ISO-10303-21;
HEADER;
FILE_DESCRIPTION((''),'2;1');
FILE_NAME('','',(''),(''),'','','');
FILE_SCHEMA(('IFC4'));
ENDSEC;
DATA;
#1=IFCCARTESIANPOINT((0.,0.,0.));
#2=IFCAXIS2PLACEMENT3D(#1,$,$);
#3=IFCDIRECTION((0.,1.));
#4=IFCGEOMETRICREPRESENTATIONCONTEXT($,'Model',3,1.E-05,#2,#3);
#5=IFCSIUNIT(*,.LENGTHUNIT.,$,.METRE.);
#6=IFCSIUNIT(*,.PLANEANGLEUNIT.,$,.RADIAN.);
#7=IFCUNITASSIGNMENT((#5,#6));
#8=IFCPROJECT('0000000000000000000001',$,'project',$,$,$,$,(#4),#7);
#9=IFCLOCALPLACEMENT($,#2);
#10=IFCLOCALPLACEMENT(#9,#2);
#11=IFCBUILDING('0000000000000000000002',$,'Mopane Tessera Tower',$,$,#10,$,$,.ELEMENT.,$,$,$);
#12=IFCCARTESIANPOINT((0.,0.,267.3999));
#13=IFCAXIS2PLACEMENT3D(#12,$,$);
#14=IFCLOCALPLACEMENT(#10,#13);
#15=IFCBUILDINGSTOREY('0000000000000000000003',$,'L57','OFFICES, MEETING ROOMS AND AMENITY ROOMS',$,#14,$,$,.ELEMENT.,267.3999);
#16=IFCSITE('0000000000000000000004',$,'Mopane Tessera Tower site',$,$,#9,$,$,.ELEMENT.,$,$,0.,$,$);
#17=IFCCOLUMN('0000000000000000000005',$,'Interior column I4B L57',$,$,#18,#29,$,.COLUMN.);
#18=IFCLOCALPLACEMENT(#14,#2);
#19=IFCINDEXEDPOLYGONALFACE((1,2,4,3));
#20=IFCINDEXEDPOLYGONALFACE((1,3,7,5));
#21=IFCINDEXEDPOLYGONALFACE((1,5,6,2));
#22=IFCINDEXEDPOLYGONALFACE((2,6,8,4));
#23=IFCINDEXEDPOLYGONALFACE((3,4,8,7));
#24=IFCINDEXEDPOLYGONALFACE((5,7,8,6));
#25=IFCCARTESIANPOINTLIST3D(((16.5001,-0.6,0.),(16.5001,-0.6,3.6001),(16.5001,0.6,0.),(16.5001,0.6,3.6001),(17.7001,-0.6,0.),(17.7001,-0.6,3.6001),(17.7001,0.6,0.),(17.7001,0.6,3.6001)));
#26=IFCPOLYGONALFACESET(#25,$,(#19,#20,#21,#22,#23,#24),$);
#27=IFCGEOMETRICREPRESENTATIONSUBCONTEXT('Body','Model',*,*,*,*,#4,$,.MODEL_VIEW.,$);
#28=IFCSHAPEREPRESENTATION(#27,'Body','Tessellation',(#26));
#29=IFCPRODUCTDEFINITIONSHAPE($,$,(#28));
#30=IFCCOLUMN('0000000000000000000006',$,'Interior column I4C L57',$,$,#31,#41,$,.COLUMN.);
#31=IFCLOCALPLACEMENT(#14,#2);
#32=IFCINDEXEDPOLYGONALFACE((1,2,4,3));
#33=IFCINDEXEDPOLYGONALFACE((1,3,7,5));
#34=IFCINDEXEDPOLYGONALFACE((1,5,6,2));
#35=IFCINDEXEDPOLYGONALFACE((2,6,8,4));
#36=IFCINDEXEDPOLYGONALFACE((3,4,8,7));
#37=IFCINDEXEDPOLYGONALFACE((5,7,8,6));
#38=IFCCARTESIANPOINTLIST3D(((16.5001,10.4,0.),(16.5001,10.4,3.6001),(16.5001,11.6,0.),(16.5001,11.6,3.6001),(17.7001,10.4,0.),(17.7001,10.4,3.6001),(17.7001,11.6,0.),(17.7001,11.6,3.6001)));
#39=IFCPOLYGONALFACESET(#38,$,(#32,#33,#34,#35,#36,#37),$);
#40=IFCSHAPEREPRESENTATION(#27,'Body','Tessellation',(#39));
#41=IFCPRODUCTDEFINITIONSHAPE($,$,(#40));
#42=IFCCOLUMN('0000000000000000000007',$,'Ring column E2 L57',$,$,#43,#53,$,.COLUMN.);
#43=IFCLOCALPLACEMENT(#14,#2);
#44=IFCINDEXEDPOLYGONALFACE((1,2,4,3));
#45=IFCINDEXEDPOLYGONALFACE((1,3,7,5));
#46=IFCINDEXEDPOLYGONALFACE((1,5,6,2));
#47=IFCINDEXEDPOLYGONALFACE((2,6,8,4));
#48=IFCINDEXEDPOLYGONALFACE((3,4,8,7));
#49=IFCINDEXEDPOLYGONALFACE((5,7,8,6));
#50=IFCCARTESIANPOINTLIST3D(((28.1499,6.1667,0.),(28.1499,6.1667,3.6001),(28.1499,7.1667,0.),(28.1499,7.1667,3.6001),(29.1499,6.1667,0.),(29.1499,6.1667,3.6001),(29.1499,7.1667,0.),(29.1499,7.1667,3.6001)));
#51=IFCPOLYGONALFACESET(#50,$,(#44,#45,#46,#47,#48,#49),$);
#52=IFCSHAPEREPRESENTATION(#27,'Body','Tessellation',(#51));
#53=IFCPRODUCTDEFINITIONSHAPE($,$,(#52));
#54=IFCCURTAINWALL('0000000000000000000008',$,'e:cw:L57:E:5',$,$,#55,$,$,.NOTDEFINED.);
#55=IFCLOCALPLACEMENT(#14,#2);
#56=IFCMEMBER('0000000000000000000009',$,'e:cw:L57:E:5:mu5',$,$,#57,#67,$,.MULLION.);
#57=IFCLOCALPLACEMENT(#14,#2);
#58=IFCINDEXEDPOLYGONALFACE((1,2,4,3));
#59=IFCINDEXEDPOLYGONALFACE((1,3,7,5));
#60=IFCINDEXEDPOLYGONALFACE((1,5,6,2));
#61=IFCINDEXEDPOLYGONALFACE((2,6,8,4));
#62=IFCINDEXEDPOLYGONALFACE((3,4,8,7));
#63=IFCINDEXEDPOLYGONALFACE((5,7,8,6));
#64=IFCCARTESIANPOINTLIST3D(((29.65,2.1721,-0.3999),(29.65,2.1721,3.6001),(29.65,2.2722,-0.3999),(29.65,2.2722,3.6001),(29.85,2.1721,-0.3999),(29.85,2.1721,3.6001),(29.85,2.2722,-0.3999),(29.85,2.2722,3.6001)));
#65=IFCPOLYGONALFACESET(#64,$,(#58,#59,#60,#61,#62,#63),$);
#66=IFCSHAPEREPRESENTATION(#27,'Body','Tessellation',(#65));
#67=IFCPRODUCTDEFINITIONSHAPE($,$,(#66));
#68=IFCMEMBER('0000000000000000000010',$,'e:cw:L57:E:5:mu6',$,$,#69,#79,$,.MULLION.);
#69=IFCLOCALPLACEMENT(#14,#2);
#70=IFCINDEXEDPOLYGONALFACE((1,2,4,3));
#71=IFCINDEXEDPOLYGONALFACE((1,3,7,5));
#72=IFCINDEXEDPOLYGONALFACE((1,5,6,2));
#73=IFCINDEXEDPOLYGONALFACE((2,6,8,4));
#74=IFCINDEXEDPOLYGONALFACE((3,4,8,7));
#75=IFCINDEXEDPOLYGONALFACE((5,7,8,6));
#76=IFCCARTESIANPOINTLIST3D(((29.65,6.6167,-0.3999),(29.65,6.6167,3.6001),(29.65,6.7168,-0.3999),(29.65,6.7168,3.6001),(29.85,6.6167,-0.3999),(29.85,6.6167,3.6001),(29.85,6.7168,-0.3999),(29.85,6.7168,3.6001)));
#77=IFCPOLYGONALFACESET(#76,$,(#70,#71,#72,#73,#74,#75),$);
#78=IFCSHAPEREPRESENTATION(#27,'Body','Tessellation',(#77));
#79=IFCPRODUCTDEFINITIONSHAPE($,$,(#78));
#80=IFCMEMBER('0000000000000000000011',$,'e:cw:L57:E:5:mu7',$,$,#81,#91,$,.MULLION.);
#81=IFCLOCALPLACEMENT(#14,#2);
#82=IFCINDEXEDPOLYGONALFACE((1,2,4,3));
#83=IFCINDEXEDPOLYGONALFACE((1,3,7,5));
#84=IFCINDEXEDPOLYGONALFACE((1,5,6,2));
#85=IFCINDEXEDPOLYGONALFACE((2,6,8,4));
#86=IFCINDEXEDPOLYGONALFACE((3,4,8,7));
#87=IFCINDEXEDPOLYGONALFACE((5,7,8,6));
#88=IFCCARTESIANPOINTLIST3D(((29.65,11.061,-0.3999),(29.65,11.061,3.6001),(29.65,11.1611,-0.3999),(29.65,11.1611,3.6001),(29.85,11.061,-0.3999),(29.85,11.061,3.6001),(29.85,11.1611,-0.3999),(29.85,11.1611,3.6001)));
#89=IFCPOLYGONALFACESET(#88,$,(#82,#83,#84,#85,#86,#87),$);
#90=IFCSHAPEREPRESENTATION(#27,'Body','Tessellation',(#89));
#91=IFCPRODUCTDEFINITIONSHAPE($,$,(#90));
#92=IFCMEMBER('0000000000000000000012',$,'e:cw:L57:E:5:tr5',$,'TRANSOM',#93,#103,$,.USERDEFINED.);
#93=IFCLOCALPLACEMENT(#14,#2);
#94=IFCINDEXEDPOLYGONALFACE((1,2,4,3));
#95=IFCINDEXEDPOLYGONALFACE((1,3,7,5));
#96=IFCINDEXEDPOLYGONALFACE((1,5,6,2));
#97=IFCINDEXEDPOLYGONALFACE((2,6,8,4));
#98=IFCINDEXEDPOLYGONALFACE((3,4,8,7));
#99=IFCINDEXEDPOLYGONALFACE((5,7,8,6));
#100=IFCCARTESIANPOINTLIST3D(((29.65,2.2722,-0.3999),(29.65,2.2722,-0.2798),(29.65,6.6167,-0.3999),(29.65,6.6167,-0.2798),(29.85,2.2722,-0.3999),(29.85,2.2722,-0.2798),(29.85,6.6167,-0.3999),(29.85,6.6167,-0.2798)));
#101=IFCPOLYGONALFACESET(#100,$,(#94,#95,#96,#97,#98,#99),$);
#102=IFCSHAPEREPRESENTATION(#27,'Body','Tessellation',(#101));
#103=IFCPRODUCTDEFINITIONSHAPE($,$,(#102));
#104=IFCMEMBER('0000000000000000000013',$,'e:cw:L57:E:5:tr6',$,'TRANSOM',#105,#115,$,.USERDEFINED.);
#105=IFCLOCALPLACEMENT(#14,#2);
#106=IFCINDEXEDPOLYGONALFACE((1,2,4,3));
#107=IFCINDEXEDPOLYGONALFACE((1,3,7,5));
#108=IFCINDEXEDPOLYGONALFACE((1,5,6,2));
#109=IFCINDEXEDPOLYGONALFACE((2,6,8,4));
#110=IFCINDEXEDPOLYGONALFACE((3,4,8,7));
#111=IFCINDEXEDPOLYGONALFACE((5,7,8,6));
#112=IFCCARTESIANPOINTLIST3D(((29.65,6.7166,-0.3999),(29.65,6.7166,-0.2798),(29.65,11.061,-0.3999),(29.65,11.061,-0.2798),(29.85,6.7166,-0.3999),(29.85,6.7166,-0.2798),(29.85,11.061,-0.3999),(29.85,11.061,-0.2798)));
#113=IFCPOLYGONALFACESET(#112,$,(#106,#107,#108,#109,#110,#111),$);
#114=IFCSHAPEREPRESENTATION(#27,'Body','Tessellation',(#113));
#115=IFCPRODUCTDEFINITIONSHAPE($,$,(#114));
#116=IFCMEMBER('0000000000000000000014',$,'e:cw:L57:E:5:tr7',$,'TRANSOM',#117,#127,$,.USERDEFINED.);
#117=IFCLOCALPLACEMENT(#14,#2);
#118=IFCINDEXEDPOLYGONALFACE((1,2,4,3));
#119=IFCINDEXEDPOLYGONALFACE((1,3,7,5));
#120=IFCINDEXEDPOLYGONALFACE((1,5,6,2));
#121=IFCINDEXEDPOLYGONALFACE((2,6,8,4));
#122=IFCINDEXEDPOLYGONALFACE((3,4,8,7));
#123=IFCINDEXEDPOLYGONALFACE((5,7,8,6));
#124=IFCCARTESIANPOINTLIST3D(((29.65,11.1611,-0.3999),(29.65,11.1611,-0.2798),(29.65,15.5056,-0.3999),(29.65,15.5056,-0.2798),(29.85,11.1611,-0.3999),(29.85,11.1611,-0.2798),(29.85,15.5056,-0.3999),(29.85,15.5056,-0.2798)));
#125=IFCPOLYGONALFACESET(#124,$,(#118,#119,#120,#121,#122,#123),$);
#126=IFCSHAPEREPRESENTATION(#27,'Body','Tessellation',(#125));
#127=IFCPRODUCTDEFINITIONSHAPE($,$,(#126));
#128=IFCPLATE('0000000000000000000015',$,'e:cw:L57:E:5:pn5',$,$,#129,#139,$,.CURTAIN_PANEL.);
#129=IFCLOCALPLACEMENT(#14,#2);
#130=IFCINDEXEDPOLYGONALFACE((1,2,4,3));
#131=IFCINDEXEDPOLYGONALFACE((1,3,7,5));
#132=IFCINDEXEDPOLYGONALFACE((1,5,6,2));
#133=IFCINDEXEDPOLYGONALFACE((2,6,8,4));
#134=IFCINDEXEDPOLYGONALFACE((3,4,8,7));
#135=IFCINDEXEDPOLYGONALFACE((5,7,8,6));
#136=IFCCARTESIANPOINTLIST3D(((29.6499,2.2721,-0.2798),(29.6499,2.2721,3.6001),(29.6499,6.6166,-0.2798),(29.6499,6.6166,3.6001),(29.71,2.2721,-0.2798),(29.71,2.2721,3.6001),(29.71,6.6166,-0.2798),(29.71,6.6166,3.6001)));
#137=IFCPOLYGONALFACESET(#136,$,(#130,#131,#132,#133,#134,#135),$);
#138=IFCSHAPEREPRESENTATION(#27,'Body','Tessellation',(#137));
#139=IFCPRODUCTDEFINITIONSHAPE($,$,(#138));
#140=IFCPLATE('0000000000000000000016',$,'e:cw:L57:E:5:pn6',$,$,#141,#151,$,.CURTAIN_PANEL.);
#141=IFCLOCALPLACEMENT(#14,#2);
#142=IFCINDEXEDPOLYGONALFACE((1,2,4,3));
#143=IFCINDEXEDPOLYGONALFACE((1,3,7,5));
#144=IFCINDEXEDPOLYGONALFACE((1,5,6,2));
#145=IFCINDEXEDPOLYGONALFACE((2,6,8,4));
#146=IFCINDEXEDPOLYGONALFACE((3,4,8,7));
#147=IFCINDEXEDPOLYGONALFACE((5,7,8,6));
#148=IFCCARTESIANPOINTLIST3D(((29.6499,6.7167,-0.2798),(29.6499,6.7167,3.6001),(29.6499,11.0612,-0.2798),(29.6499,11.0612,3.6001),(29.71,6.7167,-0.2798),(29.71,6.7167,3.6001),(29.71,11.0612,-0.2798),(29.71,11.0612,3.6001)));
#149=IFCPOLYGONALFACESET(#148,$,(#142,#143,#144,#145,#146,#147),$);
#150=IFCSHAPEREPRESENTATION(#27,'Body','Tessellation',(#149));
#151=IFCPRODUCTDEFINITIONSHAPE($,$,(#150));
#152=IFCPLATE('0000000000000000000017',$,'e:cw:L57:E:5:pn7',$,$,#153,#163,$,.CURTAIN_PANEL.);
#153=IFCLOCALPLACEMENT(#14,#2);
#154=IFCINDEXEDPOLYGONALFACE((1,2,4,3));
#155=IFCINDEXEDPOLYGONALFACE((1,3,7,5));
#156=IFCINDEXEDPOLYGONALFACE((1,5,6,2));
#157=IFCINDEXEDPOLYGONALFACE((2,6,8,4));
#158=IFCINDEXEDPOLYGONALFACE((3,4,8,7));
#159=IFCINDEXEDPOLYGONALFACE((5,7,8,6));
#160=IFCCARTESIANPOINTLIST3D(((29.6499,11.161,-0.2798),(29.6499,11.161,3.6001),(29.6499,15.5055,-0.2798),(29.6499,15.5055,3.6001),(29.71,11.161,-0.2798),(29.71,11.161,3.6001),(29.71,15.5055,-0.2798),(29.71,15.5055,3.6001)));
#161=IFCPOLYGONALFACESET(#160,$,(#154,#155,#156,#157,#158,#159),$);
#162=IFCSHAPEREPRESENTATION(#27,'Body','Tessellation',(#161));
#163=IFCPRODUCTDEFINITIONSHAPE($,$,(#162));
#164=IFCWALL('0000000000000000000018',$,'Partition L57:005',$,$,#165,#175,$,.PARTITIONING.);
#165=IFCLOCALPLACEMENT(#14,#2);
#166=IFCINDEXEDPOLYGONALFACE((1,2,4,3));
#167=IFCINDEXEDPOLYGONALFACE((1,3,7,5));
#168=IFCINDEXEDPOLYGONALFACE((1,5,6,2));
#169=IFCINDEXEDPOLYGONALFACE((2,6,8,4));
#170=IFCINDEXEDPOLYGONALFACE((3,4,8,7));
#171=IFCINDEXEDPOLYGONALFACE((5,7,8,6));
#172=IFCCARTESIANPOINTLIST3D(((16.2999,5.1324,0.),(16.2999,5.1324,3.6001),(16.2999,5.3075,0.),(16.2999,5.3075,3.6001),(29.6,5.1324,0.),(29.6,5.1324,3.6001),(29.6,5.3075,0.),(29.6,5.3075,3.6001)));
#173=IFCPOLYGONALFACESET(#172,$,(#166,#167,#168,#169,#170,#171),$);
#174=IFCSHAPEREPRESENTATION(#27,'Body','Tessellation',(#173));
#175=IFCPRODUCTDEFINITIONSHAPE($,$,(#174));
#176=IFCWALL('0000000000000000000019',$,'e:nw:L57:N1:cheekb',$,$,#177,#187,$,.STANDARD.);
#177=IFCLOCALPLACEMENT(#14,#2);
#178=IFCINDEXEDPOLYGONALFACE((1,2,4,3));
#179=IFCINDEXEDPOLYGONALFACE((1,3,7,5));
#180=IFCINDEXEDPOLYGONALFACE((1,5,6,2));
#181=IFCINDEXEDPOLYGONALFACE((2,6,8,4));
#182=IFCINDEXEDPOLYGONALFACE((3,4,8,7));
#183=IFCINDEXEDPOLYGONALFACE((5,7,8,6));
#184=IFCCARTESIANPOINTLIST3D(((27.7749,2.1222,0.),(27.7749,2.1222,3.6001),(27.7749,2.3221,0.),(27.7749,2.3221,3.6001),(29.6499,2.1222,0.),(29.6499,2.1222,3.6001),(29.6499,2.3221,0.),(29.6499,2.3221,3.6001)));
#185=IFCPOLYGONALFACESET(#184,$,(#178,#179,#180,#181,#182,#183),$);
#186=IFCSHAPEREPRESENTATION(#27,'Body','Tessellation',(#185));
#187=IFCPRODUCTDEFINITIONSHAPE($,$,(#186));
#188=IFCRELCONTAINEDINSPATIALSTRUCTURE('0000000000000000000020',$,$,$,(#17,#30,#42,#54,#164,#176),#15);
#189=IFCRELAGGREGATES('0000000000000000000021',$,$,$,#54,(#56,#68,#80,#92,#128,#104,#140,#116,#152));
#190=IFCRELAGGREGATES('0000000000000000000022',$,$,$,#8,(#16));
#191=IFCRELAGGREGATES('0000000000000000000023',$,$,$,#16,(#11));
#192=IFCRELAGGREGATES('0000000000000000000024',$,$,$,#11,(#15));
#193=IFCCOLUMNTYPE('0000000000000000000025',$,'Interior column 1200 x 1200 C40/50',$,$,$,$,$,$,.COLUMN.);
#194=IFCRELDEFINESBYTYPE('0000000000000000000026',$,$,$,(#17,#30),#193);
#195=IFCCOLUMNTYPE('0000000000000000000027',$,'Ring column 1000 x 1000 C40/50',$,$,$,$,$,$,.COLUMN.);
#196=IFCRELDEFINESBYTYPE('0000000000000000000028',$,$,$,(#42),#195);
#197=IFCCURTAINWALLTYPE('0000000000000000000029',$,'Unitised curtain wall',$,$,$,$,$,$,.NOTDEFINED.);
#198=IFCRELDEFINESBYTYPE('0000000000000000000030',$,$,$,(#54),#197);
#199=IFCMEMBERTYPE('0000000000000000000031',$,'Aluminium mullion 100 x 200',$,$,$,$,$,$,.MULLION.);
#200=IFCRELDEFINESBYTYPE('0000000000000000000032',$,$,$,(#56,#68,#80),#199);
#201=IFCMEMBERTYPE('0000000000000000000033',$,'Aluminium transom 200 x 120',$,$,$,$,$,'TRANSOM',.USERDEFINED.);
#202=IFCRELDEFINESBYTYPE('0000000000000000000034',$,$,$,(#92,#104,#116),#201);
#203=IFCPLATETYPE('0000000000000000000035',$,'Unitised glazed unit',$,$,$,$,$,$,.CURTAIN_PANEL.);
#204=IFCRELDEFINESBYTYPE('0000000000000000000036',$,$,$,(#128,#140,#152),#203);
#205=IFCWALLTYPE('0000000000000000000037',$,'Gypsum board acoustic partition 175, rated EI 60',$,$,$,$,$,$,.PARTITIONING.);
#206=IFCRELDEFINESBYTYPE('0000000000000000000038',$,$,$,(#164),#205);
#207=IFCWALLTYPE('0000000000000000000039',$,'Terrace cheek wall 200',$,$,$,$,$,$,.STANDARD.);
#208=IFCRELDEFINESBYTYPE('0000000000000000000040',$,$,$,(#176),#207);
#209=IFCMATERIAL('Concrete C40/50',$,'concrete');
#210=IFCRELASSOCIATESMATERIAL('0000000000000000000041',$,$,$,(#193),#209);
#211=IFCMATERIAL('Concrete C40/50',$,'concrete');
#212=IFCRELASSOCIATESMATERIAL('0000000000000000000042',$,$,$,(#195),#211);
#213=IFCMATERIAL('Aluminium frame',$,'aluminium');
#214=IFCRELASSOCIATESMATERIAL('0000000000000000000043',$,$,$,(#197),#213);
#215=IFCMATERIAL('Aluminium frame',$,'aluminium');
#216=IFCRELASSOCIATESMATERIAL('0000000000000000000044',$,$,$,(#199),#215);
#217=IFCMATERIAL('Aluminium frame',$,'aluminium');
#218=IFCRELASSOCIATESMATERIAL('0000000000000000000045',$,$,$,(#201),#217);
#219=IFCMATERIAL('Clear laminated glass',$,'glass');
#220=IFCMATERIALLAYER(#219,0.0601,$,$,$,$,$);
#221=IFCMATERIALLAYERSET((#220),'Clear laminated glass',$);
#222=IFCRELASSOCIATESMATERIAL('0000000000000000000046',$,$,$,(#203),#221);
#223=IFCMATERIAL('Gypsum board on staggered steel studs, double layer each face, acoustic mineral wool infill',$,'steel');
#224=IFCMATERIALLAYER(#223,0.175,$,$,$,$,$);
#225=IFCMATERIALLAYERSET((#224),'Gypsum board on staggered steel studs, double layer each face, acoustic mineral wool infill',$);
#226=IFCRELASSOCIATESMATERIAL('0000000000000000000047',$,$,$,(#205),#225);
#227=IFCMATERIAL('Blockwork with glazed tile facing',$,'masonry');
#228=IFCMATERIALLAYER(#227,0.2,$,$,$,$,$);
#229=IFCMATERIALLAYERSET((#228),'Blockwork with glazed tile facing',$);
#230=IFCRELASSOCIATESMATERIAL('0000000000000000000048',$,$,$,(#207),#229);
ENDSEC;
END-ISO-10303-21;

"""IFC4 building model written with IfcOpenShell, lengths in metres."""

from ifc_helpers import new_model, si_unit, direction, frame, frame_2d, origin, origin_2d, place, context, subcontext, project, spatial, rectangle, extrude, material, layer, layer_set, material_profile, profile_set, type_object, element, aggregate, save


model = new_model("IFC4")

# Units and contexts
model_context = context("Model", 3, precision=1e-05, world=origin(), true_north=direction((0.0, 1.0)))
body_context = subcontext(model_context, "Body", "Model", "MODEL_VIEW")
ifc_project = project(units=[si_unit("LENGTHUNIT", "METRE"), si_unit("PLANEANGLEUNIT", "RADIAN")], contexts=[model_context])

# Site, building, storey
site_placement = place(None, origin())
site = spatial("IfcSite", under=ifc_project, at=site_placement, Name="Mopane Tessera Tower site", CompositionType="ELEMENT", RefElevation=0.0)
building_placement = place(site_placement, origin())
building = spatial("IfcBuilding", under=site, at=building_placement, Name="Mopane Tessera Tower", CompositionType="ELEMENT")
storey_placement = place(building_placement, frame((0.0, 0.0, 267.3999)))
storey = spatial("IfcBuildingStorey", under=building, at=storey_placement, Name="L57", Description="OFFICES, MEETING ROOMS AND AMENITY ROOMS", CompositionType="ELEMENT", Elevation=267.3999)

# Columns
ifc_material_1 = material(Name="Concrete C40/50", Category="concrete")
ifc_material_profile_1 = material_profile(ifc_material_1, rectangle(XDim=1.2, YDim=1.2, at=origin_2d()))
ifc_profile_set_1 = profile_set([ifc_material_profile_1], Name="Concrete C40/50")
column_type_1 = type_object("IfcColumnType", Name="Interior column 1200 x 1200 C40/50", PredefinedType="COLUMN", material=ifc_profile_set_1)
for number, where, z_axis, x_axis, name in (
    (1, (17.1001, 0.0, 0.0), (0.0, 0.0, 1.0), (1.0, 0.0, 0.0), "Interior column I4B L57"),
    (2, (17.1001, 11.0, 0.0), (0.0, 0.0, 1.0), (1.0, 0.0, 0.0), "Interior column I4C L57"),
):
    element("IfcColumn", number, at=place(storey_placement, frame(where, z_axis=z_axis, x_axis=x_axis)), inside=storey, type_object=column_type_1, Name=name, PredefinedType="COLUMN", context=body_context, shape_type="SweptSolid", body=[
        extrude(rectangle(XDim=1.2, YDim=1.2, at=origin_2d()), origin(), (0.0, 0.0, 1.0), 3.6001),
    ])
ifc_material_2 = material(Name="Concrete C40/50", Category="concrete")
ifc_material_profile_2 = material_profile(ifc_material_2, rectangle(XDim=1.0, YDim=1.0, at=origin_2d()))
ifc_profile_set_2 = profile_set([ifc_material_profile_2], Name="Concrete C40/50")
column_type_2 = type_object("IfcColumnType", Name="Ring column 1000 x 1000 C40/50", PredefinedType="COLUMN", material=ifc_profile_set_2)
column_placement = place(storey_placement, frame((28.6499, 6.6667, 0.0), z_axis=(0.0, 0.0, 1.0), x_axis=(1.0, 0.0, 0.0)))
element("IfcColumn", 3, at=column_placement, inside=storey, type_object=column_type_2, Name="Ring column E2 L57", PredefinedType="COLUMN", context=body_context, shape_type="SweptSolid", body=[
    extrude(rectangle(XDim=1.0, YDim=1.0, at=origin_2d()), origin(), (0.0, 0.0, 1.0), 3.6001),
])

# Curtain wall, members, plates
ifc_material_3 = material(Name="Aluminium frame", Category="aluminium")
curtain_wall_type = type_object("IfcCurtainWallType", Name="Unitised curtain wall", PredefinedType="NOTDEFINED", material=ifc_material_3)
curtain_wall_placement = place(storey_placement, origin())
curtain_wall = element("IfcCurtainWall", 4, at=curtain_wall_placement, inside=storey, type_object=curtain_wall_type, Name="e:cw:L57:E:5", PredefinedType="NOTDEFINED")
ifc_material_4 = material(Name="Aluminium frame", Category="aluminium")
ifc_material_profile_3 = material_profile(ifc_material_4, rectangle(XDim=0.1001, YDim=0.2, at=origin_2d()))
ifc_profile_set_3 = profile_set([ifc_material_profile_3], Name="Aluminium frame")
member_type_1 = type_object("IfcMemberType", Name="Aluminium mullion 100 x 200", PredefinedType="MULLION", material=ifc_profile_set_3)
member_1_placement = place(storey_placement, frame((29.75, 2.2222, -0.3999), z_axis=(0.0, 0.0, 1.0), x_axis=(0.0, 1.0, 0.0)))
member_1 = element("IfcMember", 5, at=member_1_placement, type_object=member_type_1, Name="e:cw:L57:E:5:mu5", PredefinedType="MULLION", context=body_context, shape_type="SweptSolid", body=[
    extrude(rectangle(XDim=0.1001, YDim=0.2, at=origin_2d()), origin(), (0.0, 0.0, 1.0), 4.0),
])
member_2_placement = place(storey_placement, frame((29.75, 6.6667, -0.3999), z_axis=(0.0, 0.0, 1.0), x_axis=(0.0, 1.0, 0.0)))
member_2 = element("IfcMember", 6, at=member_2_placement, type_object=member_type_1, Name="e:cw:L57:E:5:mu6", PredefinedType="MULLION", context=body_context, shape_type="SweptSolid", body=[
    extrude(rectangle(XDim=0.1001, YDim=0.2, at=origin_2d()), origin(), (0.0, 0.0, 1.0), 4.0),
])
member_3_placement = place(storey_placement, frame((29.75, 11.1111, -0.3999), z_axis=(0.0, 0.0, 1.0), x_axis=(0.0, 1.0, 0.0)))
member_3 = element("IfcMember", 7, at=member_3_placement, type_object=member_type_1, Name="e:cw:L57:E:5:mu7", PredefinedType="MULLION", context=body_context, shape_type="SweptSolid", body=[
    extrude(rectangle(XDim=0.1001, YDim=0.2, at=origin_2d()), origin(), (0.0, 0.0, 1.0), 4.0),
])
ifc_material_5 = material(Name="Aluminium frame", Category="aluminium")
ifc_material_profile_4 = material_profile(ifc_material_5, rectangle(XDim=0.2, YDim=0.1201, at=origin_2d()))
ifc_profile_set_4 = profile_set([ifc_material_profile_4], Name="Aluminium frame")
member_type_2 = type_object("IfcMemberType", Name="Aluminium transom 200 x 120", ElementType="TRANSOM", PredefinedType="USERDEFINED", material=ifc_profile_set_4)
member_4_placement = place(storey_placement, frame((29.75, 2.2722, -0.3398), z_axis=(0.0, 1.0, 0.0), x_axis=(-1.0, 0.0, 0.0)))
member_4 = element("IfcMember", 8, at=member_4_placement, type_object=member_type_2, Name="e:cw:L57:E:5:tr5", ObjectType="TRANSOM", PredefinedType="USERDEFINED", context=body_context, shape_type="SweptSolid", body=[
    extrude(rectangle(XDim=0.2, YDim=0.1201, at=origin_2d()), origin(), (0.0, 0.0, 1.0), 4.3445),
])
member_5_placement = place(storey_placement, frame((29.75, 6.7166, -0.3398), z_axis=(0.0, 1.0, 0.0), x_axis=(-1.0, 0.0, 0.0)))
member_5 = element("IfcMember", 9, at=member_5_placement, type_object=member_type_2, Name="e:cw:L57:E:5:tr6", ObjectType="TRANSOM", PredefinedType="USERDEFINED", context=body_context, shape_type="SweptSolid", body=[
    extrude(rectangle(XDim=0.2, YDim=0.1201, at=origin_2d()), origin(), (0.0, 0.0, 1.0), 4.3445),
])
member_6_placement = place(storey_placement, frame((29.75, 11.1611, -0.3398), z_axis=(0.0, 1.0, 0.0), x_axis=(-1.0, 0.0, 0.0)))
member_6 = element("IfcMember", 10, at=member_6_placement, type_object=member_type_2, Name="e:cw:L57:E:5:tr7", ObjectType="TRANSOM", PredefinedType="USERDEFINED", context=body_context, shape_type="SweptSolid", body=[
    extrude(rectangle(XDim=0.2, YDim=0.1201, at=origin_2d()), origin(), (0.0, 0.0, 1.0), 4.3445),
])
ifc_material_6 = material(Name="Clear laminated glass", Category="glass")
ifc_layer_1 = layer(ifc_material_6, 0.0601)
ifc_layer_set_1 = layer_set([ifc_layer_1], Name="Clear laminated glass")
plate_type = type_object("IfcPlateType", Name="Unitised glazed unit", PredefinedType="CURTAIN_PANEL", material=ifc_layer_set_1)
plate_1_placement = place(storey_placement, frame((29.6799, 4.4443, -0.2798), z_axis=(0.0, 0.0, 1.0), x_axis=(0.0, 1.0, 0.0)))
plate_1 = element("IfcPlate", 11, at=plate_1_placement, type_object=plate_type, Name="e:cw:L57:E:5:pn5", PredefinedType="CURTAIN_PANEL", context=body_context, shape_type="SweptSolid", body=[
    extrude(rectangle(XDim=4.3445, YDim=0.0601, at=origin_2d()), origin(), (0.0, 0.0, 1.0), 3.8799),
])
plate_2_placement = place(storey_placement, frame((29.6799, 8.8889, -0.2798), z_axis=(0.0, 0.0, 1.0), x_axis=(0.0, 1.0, 0.0)))
plate_2 = element("IfcPlate", 12, at=plate_2_placement, type_object=plate_type, Name="e:cw:L57:E:5:pn6", PredefinedType="CURTAIN_PANEL", context=body_context, shape_type="SweptSolid", body=[
    extrude(rectangle(XDim=4.3445, YDim=0.0601, at=origin_2d()), origin(), (0.0, 0.0, 1.0), 3.8799),
])
plate_3_placement = place(storey_placement, frame((29.6799, 13.3333, -0.2798), z_axis=(0.0, 0.0, 1.0), x_axis=(0.0, 1.0, 0.0)))
plate_3 = element("IfcPlate", 13, at=plate_3_placement, type_object=plate_type, Name="e:cw:L57:E:5:pn7", PredefinedType="CURTAIN_PANEL", context=body_context, shape_type="SweptSolid", body=[
    extrude(rectangle(XDim=4.3445, YDim=0.0601, at=origin_2d()), origin(), (0.0, 0.0, 1.0), 3.8799),
])
aggregate(curtain_wall, [member_1, member_2, member_3, member_4, plate_1, member_5, plate_2, member_6, plate_3])

# Walls
ifc_material_7 = material(Name="Gypsum board on staggered steel studs, double layer each face, acoustic mineral wool infill", Category="steel")
ifc_layer_2 = layer(ifc_material_7, 0.175)
ifc_layer_set_2 = layer_set([ifc_layer_2], Name="Gypsum board on staggered steel studs, double layer each face, acoustic mineral wool infill")
wall_type_1 = type_object("IfcWallType", Name="Gypsum board acoustic partition 175, rated EI 60", PredefinedType="PARTITIONING", material=ifc_layer_set_2)
wall_1_placement = place(storey_placement, frame((16.3, 5.22, 0.0), z_axis=(0.0, 0.0, 1.0), x_axis=(1.0, 0.0, 0.0)))
element("IfcWall", 14, at=wall_1_placement, inside=storey, type_object=wall_type_1, Name="Partition L57:005", PredefinedType="PARTITIONING", context=body_context, shape_type="SweptSolid", body=[
    extrude(rectangle(XDim=13.3, YDim=0.175, at=frame_2d((6.6499, 0.0))), origin(), (0.0, 0.0, 1.0), 3.6001),
])
ifc_material_8 = material(Name="Blockwork with glazed tile facing", Category="masonry")
ifc_layer_3 = layer(ifc_material_8, 0.2)
ifc_layer_set_3 = layer_set([ifc_layer_3], Name="Blockwork with glazed tile facing")
wall_type_2 = type_object("IfcWallType", Name="Terrace cheek wall 200", PredefinedType="STANDARD", material=ifc_layer_set_3)
wall_2_placement = place(storey_placement, frame((29.6499, 2.2222, 0.0), z_axis=(0.0, 0.0, 1.0), x_axis=(-1.0, 0.0, 0.0)))
element("IfcWall", 15, at=wall_2_placement, inside=storey, type_object=wall_type_2, Name="e:nw:L57:N1:cheekb", PredefinedType="STANDARD", context=body_context, shape_type="SweptSolid", body=[
    extrude(rectangle(XDim=1.875, YDim=0.2, at=frame_2d((0.9375, 0.0))), origin(), (0.0, 0.0, 1.0), 3.6001),
])

save(model, "model.ifc")
